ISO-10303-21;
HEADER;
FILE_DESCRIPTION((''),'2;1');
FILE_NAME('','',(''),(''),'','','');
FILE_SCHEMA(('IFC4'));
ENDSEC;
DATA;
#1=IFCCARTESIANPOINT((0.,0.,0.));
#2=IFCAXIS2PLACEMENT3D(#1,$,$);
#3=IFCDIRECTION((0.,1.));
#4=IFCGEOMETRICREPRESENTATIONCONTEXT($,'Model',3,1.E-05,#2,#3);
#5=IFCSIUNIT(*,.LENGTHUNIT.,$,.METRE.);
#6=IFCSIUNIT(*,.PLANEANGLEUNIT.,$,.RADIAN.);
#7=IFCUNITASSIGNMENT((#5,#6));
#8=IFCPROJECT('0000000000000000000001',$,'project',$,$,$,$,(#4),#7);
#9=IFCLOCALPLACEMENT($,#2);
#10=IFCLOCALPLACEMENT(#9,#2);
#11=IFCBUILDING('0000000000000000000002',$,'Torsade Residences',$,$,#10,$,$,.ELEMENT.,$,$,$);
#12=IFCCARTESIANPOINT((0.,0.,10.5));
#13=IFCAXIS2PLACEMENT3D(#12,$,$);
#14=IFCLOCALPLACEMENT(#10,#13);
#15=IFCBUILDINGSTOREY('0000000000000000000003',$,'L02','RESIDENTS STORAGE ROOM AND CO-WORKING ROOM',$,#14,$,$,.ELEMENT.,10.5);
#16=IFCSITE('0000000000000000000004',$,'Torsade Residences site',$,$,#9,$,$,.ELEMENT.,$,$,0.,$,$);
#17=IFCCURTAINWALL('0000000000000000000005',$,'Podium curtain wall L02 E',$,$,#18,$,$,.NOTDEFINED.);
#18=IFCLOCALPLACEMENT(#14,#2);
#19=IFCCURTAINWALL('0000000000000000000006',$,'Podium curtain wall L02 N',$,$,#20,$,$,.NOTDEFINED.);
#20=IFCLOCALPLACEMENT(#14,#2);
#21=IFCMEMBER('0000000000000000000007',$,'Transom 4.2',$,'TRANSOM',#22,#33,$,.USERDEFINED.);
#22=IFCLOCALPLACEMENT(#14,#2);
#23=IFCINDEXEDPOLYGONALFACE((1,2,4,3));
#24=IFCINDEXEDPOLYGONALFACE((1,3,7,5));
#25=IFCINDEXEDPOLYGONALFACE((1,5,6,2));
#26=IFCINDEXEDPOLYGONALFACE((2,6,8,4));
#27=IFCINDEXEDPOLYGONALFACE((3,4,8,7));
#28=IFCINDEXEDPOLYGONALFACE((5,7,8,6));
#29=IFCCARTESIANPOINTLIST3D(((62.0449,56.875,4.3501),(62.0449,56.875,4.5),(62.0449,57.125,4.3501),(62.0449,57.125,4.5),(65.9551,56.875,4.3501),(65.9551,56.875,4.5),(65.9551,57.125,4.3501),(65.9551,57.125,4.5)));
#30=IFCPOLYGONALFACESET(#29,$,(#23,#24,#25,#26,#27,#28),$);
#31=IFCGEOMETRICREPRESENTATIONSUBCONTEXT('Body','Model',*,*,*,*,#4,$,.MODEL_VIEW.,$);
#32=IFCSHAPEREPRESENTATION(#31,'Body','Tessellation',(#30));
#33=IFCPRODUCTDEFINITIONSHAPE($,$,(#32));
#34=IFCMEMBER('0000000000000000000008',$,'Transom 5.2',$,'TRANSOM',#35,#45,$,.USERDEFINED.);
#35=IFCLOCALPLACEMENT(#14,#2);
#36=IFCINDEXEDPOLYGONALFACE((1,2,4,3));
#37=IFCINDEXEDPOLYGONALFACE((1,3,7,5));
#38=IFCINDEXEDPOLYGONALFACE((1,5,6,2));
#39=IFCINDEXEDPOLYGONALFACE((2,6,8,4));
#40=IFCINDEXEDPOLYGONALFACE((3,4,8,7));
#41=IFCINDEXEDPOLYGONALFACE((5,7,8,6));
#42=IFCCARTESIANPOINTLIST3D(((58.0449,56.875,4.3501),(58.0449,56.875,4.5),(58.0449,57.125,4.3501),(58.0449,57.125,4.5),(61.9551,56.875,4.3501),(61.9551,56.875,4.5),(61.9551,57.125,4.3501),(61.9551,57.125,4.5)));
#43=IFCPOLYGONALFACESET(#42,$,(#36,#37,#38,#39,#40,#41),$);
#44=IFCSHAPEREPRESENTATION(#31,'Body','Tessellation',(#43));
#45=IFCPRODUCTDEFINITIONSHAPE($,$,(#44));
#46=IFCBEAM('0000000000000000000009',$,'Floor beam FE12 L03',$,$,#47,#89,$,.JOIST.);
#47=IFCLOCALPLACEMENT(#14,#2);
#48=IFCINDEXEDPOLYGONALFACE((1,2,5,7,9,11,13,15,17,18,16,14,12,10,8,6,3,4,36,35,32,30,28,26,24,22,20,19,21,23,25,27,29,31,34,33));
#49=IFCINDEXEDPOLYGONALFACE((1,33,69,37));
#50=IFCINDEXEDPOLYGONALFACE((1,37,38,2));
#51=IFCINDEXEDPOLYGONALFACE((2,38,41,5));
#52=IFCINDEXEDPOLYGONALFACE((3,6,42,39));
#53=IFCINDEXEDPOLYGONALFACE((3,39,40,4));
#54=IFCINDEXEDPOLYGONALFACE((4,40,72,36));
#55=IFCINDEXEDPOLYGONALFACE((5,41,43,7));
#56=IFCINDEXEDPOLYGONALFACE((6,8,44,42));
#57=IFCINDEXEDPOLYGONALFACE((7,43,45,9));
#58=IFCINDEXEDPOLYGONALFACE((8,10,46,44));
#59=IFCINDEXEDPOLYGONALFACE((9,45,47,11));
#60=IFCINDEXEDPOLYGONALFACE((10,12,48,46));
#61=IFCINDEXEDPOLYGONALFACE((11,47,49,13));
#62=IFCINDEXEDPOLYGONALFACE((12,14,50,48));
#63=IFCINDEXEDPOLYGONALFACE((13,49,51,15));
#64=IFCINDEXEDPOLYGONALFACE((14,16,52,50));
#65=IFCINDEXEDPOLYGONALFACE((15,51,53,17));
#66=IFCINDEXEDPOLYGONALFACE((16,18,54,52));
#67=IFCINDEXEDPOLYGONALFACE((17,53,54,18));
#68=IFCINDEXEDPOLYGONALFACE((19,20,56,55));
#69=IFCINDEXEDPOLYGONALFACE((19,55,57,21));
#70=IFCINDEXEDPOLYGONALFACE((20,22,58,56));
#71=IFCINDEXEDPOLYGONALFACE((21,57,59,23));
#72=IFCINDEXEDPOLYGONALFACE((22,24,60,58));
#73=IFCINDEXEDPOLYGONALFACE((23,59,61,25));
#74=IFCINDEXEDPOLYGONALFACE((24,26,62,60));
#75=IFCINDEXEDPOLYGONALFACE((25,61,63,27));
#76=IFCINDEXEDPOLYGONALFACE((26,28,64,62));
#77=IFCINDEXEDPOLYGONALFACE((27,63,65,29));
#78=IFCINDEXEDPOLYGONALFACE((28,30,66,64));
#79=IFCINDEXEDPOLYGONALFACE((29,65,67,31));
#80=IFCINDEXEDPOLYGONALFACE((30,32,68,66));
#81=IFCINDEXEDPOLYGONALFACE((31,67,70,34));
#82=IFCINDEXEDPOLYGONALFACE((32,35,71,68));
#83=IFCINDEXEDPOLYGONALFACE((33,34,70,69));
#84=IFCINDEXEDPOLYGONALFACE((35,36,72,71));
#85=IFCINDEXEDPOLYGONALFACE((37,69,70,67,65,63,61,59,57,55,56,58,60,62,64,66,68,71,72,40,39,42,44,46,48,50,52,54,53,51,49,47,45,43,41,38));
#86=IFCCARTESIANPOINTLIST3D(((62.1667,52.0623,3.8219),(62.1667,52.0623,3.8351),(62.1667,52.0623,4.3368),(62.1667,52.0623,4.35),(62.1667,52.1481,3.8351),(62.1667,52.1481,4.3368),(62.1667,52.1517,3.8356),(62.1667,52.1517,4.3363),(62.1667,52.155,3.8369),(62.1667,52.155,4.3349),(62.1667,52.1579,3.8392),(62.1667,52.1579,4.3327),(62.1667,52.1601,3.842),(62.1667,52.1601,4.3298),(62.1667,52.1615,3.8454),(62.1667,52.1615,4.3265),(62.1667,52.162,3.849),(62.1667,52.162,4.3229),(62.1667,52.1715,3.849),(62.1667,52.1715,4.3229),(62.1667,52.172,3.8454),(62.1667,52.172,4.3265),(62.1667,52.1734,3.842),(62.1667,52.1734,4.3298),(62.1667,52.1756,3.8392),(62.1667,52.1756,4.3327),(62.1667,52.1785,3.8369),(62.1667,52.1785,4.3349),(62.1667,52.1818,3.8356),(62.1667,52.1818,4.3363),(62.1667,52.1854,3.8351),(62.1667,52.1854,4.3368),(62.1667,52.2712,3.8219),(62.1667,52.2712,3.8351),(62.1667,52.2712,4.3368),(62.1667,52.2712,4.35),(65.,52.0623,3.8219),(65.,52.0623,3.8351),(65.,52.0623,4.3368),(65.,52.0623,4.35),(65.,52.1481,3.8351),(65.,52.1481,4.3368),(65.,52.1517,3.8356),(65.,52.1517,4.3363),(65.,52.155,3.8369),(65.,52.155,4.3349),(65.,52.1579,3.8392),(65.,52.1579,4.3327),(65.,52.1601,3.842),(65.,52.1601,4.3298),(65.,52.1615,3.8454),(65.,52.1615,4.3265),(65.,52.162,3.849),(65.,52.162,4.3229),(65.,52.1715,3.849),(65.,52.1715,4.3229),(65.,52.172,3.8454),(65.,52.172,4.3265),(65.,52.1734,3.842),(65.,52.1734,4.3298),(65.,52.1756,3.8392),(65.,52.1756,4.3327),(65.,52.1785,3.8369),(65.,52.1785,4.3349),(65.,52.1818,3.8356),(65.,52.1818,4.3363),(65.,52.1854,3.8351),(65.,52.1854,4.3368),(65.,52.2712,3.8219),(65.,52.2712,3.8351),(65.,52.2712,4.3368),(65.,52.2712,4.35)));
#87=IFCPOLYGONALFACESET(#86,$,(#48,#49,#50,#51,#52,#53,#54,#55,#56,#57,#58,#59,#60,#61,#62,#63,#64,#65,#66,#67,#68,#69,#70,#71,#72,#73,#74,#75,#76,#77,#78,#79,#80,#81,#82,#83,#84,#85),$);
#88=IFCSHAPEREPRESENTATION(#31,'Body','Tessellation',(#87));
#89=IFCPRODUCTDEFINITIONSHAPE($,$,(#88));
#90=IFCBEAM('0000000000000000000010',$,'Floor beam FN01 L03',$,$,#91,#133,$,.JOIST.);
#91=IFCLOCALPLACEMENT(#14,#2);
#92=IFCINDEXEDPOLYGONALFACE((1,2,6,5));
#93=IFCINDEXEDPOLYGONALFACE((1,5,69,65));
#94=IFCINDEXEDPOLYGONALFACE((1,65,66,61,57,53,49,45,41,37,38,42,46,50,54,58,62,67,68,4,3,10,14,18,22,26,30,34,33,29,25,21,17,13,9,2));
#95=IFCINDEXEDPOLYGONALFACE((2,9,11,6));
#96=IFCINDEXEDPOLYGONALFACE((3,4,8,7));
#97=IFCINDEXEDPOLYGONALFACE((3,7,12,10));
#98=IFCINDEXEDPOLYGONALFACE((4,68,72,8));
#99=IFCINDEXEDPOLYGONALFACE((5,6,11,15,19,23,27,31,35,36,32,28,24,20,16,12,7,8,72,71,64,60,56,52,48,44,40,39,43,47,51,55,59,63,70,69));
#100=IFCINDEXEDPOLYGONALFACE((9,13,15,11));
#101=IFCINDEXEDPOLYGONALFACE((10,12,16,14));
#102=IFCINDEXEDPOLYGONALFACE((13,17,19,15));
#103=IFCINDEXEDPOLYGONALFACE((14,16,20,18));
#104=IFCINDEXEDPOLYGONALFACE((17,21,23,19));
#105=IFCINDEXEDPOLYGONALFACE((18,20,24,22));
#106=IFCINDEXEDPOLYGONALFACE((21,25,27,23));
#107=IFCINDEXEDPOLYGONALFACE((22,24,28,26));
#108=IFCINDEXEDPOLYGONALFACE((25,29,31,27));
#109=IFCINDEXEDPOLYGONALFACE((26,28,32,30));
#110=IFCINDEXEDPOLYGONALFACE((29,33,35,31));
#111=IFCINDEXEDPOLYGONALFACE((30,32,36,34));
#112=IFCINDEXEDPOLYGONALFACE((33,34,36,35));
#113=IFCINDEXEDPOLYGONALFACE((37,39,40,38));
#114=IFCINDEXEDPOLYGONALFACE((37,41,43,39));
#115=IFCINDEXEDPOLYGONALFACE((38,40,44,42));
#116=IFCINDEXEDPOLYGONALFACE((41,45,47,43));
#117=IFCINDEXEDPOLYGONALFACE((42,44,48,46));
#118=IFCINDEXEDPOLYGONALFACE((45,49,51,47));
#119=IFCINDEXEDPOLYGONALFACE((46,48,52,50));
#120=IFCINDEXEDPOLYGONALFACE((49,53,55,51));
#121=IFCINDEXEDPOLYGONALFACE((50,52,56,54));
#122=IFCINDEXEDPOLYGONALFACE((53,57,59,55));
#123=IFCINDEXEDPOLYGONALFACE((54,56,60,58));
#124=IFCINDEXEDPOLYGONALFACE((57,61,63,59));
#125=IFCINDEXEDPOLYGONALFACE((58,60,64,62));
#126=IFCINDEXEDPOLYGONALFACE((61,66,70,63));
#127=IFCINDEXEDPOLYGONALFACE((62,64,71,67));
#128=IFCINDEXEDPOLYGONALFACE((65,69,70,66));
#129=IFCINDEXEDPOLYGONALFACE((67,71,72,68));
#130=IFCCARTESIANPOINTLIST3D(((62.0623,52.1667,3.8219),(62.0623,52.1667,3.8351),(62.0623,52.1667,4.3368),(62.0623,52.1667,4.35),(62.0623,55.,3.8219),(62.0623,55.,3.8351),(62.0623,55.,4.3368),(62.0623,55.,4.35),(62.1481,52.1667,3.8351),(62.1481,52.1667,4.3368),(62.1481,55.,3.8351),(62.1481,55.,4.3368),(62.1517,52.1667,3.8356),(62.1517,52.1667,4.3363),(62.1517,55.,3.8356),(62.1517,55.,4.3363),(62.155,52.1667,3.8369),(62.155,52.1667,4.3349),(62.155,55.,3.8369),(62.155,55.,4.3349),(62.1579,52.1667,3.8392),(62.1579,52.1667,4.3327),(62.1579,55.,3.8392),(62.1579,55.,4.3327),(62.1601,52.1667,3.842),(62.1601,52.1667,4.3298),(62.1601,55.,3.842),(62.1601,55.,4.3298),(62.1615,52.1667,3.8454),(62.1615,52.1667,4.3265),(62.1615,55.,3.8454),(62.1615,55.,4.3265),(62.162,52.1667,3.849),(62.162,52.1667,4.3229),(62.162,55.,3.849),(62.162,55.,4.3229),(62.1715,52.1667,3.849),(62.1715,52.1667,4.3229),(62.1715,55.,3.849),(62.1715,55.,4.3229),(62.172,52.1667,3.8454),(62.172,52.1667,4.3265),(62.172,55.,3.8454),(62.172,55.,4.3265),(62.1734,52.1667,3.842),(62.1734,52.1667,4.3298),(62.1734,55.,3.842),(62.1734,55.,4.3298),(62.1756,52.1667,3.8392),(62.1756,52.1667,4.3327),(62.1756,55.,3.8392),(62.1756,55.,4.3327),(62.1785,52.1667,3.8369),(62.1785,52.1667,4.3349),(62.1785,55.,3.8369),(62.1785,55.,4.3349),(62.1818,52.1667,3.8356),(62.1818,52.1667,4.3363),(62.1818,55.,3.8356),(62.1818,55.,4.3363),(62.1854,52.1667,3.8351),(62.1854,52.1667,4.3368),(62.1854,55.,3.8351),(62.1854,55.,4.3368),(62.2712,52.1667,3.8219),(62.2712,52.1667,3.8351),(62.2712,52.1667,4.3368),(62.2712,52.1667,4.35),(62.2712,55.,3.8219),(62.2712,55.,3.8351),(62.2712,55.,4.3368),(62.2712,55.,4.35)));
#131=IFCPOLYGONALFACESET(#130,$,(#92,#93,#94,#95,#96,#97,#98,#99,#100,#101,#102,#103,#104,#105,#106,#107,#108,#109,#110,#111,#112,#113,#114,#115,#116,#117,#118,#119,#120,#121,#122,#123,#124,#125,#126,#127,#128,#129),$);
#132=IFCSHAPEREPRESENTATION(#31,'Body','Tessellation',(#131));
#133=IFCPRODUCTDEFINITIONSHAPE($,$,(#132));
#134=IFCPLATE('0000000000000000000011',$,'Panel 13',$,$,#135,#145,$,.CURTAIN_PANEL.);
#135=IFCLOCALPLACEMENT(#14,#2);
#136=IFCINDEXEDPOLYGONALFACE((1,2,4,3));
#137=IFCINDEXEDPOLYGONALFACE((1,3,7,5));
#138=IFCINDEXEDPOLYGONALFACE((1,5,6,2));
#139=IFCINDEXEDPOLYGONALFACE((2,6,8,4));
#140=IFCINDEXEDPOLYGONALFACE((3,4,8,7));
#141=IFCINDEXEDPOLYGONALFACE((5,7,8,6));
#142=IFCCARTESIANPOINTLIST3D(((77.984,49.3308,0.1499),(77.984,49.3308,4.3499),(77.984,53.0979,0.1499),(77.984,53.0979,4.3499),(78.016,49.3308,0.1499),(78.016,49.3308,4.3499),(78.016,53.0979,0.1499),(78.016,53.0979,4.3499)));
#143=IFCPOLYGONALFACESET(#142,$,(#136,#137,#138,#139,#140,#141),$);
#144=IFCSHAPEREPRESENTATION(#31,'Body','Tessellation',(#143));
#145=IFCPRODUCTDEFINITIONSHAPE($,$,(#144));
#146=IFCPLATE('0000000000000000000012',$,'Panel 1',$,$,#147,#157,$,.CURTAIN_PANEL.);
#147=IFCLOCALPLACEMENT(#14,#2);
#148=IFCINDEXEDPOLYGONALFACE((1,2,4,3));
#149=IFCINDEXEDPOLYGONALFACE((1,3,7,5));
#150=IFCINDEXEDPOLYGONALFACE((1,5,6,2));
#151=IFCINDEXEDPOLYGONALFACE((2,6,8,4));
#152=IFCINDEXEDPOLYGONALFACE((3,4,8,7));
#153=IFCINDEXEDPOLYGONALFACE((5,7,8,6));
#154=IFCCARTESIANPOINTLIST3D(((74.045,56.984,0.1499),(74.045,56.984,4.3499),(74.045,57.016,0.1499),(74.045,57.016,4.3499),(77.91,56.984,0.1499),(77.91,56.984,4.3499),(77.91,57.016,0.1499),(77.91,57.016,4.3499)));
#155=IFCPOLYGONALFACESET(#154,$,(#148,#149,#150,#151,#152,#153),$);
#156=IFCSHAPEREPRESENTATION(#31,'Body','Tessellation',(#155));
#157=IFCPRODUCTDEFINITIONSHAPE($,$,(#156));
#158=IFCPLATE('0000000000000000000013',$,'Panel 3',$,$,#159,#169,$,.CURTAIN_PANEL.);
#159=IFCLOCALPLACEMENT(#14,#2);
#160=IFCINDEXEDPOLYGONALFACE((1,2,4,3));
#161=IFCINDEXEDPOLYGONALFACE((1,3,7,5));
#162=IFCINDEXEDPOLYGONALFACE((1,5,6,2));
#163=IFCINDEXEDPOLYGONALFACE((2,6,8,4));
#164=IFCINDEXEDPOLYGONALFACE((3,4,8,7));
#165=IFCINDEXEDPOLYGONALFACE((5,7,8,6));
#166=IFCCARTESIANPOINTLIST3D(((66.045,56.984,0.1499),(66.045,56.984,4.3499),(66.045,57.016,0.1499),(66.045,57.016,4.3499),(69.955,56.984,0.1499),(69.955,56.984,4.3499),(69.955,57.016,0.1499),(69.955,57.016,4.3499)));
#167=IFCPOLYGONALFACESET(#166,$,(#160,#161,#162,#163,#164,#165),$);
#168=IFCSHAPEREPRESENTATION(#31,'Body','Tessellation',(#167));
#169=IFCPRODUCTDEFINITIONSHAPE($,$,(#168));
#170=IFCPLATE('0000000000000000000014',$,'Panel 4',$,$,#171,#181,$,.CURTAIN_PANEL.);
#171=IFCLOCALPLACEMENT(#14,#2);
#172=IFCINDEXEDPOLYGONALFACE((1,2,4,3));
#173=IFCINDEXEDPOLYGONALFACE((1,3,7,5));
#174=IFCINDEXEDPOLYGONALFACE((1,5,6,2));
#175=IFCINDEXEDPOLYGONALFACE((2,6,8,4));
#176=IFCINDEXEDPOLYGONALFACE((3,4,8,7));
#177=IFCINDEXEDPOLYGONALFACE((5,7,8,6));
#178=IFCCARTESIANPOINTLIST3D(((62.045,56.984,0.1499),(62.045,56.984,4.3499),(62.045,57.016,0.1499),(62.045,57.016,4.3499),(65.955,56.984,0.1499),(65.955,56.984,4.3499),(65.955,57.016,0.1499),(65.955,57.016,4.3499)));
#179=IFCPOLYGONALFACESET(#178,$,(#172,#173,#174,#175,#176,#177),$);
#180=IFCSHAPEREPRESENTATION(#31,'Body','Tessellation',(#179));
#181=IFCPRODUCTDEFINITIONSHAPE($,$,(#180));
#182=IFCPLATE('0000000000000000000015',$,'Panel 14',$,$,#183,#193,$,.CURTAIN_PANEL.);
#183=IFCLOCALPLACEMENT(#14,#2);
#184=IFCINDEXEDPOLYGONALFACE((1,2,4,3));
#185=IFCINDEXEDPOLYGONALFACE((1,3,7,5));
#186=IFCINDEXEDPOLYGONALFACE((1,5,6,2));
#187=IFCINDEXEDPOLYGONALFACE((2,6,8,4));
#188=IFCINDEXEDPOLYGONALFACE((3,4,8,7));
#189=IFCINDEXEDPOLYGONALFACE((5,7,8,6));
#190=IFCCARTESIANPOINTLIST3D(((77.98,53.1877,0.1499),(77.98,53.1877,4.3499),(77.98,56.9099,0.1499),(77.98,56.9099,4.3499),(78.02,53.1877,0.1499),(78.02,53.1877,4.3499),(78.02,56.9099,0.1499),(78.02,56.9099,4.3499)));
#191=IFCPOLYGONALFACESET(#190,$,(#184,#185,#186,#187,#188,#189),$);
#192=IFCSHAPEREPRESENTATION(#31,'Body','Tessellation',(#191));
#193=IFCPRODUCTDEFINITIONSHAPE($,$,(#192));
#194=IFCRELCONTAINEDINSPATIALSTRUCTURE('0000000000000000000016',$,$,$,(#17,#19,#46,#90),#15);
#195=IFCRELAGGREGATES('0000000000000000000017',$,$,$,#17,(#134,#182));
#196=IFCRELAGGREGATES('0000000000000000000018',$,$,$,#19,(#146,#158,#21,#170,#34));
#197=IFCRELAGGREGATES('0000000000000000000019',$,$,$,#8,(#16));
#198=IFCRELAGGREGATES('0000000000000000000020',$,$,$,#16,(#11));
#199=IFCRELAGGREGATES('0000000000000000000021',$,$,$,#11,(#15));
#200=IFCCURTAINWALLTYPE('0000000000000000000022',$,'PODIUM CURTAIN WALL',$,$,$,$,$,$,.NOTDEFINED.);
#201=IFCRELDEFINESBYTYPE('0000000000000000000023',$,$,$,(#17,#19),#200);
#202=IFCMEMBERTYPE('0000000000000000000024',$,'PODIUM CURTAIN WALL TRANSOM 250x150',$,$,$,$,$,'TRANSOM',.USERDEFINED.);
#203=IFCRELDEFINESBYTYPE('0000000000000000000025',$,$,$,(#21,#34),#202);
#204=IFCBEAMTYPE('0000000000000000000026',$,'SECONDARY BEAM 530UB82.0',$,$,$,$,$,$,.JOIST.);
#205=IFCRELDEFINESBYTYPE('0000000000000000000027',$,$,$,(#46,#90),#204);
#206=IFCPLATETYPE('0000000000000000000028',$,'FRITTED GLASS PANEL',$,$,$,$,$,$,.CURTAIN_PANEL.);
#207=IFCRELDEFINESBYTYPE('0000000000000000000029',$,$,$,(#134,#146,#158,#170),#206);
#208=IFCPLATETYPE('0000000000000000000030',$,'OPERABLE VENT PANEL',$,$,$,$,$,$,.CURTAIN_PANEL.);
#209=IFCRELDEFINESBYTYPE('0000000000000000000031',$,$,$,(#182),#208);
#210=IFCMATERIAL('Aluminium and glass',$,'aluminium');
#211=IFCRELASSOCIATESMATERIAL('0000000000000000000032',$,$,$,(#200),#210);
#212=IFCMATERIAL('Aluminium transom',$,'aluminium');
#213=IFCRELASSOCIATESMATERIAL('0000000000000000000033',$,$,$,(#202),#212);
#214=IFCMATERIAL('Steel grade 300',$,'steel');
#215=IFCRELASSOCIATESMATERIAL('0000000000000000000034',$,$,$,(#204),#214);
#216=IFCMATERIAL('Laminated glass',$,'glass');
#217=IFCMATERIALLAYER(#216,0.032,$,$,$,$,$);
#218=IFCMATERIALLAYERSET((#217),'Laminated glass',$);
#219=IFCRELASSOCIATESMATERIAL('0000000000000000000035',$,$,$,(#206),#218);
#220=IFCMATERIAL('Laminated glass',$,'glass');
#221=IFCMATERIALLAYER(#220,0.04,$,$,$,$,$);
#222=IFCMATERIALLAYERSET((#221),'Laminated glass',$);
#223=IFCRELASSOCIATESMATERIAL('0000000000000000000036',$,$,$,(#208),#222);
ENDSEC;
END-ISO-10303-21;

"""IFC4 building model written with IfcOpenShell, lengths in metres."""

from ifc_helpers import new_model, si_unit, direction, frame, origin, origin_2d, place, context, subcontext, project, spatial, rectangle, i_section, extrude, material, layer, layer_set, material_profile, profile_set, type_object, element, aggregate, save


model = new_model("IFC4")

# Units and contexts
model_context = context("Model", 3, precision=1e-05, world=origin(), true_north=direction((0.0, 1.0)))
body_context = subcontext(model_context, "Body", "Model", "MODEL_VIEW")
ifc_project = project(units=[si_unit("LENGTHUNIT", "METRE"), si_unit("PLANEANGLEUNIT", "RADIAN")], contexts=[model_context])

# Site, building, storey
site_placement = place(None, origin())
site = spatial("IfcSite", under=ifc_project, at=site_placement, Name="Torsade Residences site", CompositionType="ELEMENT", RefElevation=0.0)
building_placement = place(site_placement, origin())
building = spatial("IfcBuilding", under=site, at=building_placement, Name="Torsade Residences", CompositionType="ELEMENT")
storey_placement = place(building_placement, frame((0.0, 0.0, 10.5)))
storey = spatial("IfcBuildingStorey", under=building, at=storey_placement, Name="L02", Description="RESIDENTS STORAGE ROOM AND CO-WORKING ROOM", CompositionType="ELEMENT", Elevation=10.5)

# Curtain walls
ifc_material_1 = material(Name="Aluminium and glass", Category="aluminium")
curtain_wall_type = type_object("IfcCurtainWallType", Name="PODIUM CURTAIN WALL", PredefinedType="NOTDEFINED", material=ifc_material_1)
curtain_wall_1_placement = place(storey_placement, origin())
curtain_wall_1 = element("IfcCurtainWall", 1, at=curtain_wall_1_placement, inside=storey, type_object=curtain_wall_type, Name="Podium curtain wall L02 E", PredefinedType="NOTDEFINED")
curtain_wall_2_placement = place(storey_placement, origin())
curtain_wall_2 = element("IfcCurtainWall", 2, at=curtain_wall_2_placement, inside=storey, type_object=curtain_wall_type, Name="Podium curtain wall L02 N", PredefinedType="NOTDEFINED")

# Members
ifc_material_2 = material(Name="Aluminium transom", Category="aluminium")
ifc_material_profile_1 = material_profile(ifc_material_2, rectangle(XDim=0.25, YDim=0.1499, at=origin_2d()), Name="PODIUM CURTAIN WALL TRANSOM 250x150")
ifc_profile_set_1 = profile_set([ifc_material_profile_1], Name="Aluminium transom")
member_type_1 = type_object("IfcMemberType", Name="PODIUM CURTAIN WALL TRANSOM 250x150", ElementType="TRANSOM", PredefinedType="USERDEFINED", material=ifc_profile_set_1)
member_1_placement = place(storey_placement, frame((65.9551, 57.0, 4.425), z_axis=(-1.0, 0.0, 0.0), x_axis=(0.0, -1.0, 0.0)))
member_1 = element("IfcMember", 3, at=member_1_placement, type_object=member_type_1, Name="Transom 4.2", ObjectType="TRANSOM", PredefinedType="USERDEFINED", context=body_context, shape_type="SweptSolid", body=[
    extrude(rectangle(XDim=0.25, YDim=0.1499, at=origin_2d()), origin(), (0.0, 0.0, 1.0), 3.9102),
])
member_2_placement = place(storey_placement, frame((61.9551, 57.0, 4.425), z_axis=(-1.0, 0.0, 0.0), x_axis=(0.0, -1.0, 0.0)))
member_2 = element("IfcMember", 4, at=member_2_placement, type_object=member_type_1, Name="Transom 5.2", ObjectType="TRANSOM", PredefinedType="USERDEFINED", context=body_context, shape_type="SweptSolid", body=[
    extrude(rectangle(XDim=0.25, YDim=0.1499, at=origin_2d()), origin(), (0.0, 0.0, 1.0), 3.9102),
])

# Beams
ifc_material_3 = material(Name="Steel grade 300", Category="steel")
ifc_material_profile_2 = material_profile(ifc_material_3, i_section(OverallWidth=0.209, OverallDepth=0.5281, WebThickness=0.0095, FlangeThickness=0.0132, FilletRadius=0.0139, at=origin_2d()), Name="530UB82.0")
ifc_profile_set_2 = profile_set([ifc_material_profile_2], Name="Steel grade 300")
beam_type_1 = type_object("IfcBeamType", Name="SECONDARY BEAM 530UB82.0", PredefinedType="JOIST", material=ifc_profile_set_2)
for number, where, z_axis, x_axis, name in (
    (5, (65.0, 52.1667, 4.0859), (-1.0, 0.0, 0.0), (0.0, -1.0, 0.0), "Floor beam FE12 L03"),
    (6, (62.1667, 55.0, 4.0859), (0.0, -1.0, 0.0), (1.0, 0.0, 0.0), "Floor beam FN01 L03"),
):
    element("IfcBeam", number, at=place(storey_placement, frame(where, z_axis=z_axis, x_axis=x_axis)), inside=storey, type_object=beam_type_1, Name=name, PredefinedType="JOIST", context=body_context, shape_type="SweptSolid", body=[
        extrude(i_section(OverallWidth=0.209, OverallDepth=0.5281, WebThickness=0.0095, FlangeThickness=0.0132, FilletRadius=0.0139, at=origin_2d()), origin(), (0.0, 0.0, 1.0), 2.8333),
    ])

# Plates
ifc_material_4 = material(Name="Laminated glass", Category="glass")
ifc_layer_1 = layer(ifc_material_4, 0.032)
ifc_layer_set_1 = layer_set([ifc_layer_1], Name="Laminated glass")
plate_type_1 = type_object("IfcPlateType", Name="FRITTED GLASS PANEL", PredefinedType="CURTAIN_PANEL", material=ifc_layer_set_1)
plate_1_placement = place(storey_placement, frame((78.0, 51.2144, 0.1499), z_axis=(0.0, 0.0, 1.0), x_axis=(0.0, 1.0, 0.0)))
plate_1 = element("IfcPlate", 7, at=plate_1_placement, type_object=plate_type_1, Name="Panel 13", PredefinedType="CURTAIN_PANEL", context=body_context, shape_type="SweptSolid", body=[
    extrude(rectangle(XDim=3.7671, YDim=0.032, at=origin_2d()), origin(), (0.0, 0.0, 1.0), 4.2),
])
plate_2_placement = place(storey_placement, frame((75.9775, 57.0, 0.1499), z_axis=(0.0, 0.0, 1.0), x_axis=(-1.0, 0.0, 0.0)))
plate_2 = element("IfcPlate", 8, at=plate_2_placement, type_object=plate_type_1, Name="Panel 1", PredefinedType="CURTAIN_PANEL", context=body_context, shape_type="SweptSolid", body=[
    extrude(rectangle(XDim=3.865, YDim=0.032, at=origin_2d()), origin(), (0.0, 0.0, 1.0), 4.2),
])
plate_3_placement = place(storey_placement, frame((68.0, 57.0, 0.1499), z_axis=(0.0, 0.0, 1.0), x_axis=(-1.0, 0.0, 0.0)))
plate_3 = element("IfcPlate", 9, at=plate_3_placement, type_object=plate_type_1, Name="Panel 3", PredefinedType="CURTAIN_PANEL", context=body_context, shape_type="SweptSolid", body=[
    extrude(rectangle(XDim=3.9099, YDim=0.032, at=origin_2d()), origin(), (0.0, 0.0, 1.0), 4.2),
])
plate_4_placement = place(storey_placement, frame((64.0, 57.0, 0.1499), z_axis=(0.0, 0.0, 1.0), x_axis=(-1.0, 0.0, 0.0)))
plate_4 = element("IfcPlate", 10, at=plate_4_placement, type_object=plate_type_1, Name="Panel 4", PredefinedType="CURTAIN_PANEL", context=body_context, shape_type="SweptSolid", body=[
    extrude(rectangle(XDim=3.9099, YDim=0.032, at=origin_2d()), origin(), (0.0, 0.0, 1.0), 4.2),
])
ifc_material_5 = material(Name="Laminated glass", Category="glass")
ifc_layer_2 = layer(ifc_material_5, 0.04)
ifc_layer_set_2 = layer_set([ifc_layer_2], Name="Laminated glass")
plate_type_2 = type_object("IfcPlateType", Name="OPERABLE VENT PANEL", PredefinedType="CURTAIN_PANEL", material=ifc_layer_set_2)
plate_5_placement = place(storey_placement, frame((78.0, 55.0488, 0.1499), z_axis=(0.0, 0.0, 1.0), x_axis=(0.0, 1.0, 0.0)))
plate_5 = element("IfcPlate", 11, at=plate_5_placement, type_object=plate_type_2, Name="Panel 14", PredefinedType="CURTAIN_PANEL", context=body_context, shape_type="SweptSolid", body=[
    extrude(rectangle(XDim=3.7222, YDim=0.04, at=origin_2d()), origin(), (0.0, 0.0, 1.0), 4.2),
])
aggregate(curtain_wall_1, [plate_1, plate_5])
aggregate(curtain_wall_2, [plate_2, plate_3, member_1, plate_4, member_2])

save(model, "model.ifc")
